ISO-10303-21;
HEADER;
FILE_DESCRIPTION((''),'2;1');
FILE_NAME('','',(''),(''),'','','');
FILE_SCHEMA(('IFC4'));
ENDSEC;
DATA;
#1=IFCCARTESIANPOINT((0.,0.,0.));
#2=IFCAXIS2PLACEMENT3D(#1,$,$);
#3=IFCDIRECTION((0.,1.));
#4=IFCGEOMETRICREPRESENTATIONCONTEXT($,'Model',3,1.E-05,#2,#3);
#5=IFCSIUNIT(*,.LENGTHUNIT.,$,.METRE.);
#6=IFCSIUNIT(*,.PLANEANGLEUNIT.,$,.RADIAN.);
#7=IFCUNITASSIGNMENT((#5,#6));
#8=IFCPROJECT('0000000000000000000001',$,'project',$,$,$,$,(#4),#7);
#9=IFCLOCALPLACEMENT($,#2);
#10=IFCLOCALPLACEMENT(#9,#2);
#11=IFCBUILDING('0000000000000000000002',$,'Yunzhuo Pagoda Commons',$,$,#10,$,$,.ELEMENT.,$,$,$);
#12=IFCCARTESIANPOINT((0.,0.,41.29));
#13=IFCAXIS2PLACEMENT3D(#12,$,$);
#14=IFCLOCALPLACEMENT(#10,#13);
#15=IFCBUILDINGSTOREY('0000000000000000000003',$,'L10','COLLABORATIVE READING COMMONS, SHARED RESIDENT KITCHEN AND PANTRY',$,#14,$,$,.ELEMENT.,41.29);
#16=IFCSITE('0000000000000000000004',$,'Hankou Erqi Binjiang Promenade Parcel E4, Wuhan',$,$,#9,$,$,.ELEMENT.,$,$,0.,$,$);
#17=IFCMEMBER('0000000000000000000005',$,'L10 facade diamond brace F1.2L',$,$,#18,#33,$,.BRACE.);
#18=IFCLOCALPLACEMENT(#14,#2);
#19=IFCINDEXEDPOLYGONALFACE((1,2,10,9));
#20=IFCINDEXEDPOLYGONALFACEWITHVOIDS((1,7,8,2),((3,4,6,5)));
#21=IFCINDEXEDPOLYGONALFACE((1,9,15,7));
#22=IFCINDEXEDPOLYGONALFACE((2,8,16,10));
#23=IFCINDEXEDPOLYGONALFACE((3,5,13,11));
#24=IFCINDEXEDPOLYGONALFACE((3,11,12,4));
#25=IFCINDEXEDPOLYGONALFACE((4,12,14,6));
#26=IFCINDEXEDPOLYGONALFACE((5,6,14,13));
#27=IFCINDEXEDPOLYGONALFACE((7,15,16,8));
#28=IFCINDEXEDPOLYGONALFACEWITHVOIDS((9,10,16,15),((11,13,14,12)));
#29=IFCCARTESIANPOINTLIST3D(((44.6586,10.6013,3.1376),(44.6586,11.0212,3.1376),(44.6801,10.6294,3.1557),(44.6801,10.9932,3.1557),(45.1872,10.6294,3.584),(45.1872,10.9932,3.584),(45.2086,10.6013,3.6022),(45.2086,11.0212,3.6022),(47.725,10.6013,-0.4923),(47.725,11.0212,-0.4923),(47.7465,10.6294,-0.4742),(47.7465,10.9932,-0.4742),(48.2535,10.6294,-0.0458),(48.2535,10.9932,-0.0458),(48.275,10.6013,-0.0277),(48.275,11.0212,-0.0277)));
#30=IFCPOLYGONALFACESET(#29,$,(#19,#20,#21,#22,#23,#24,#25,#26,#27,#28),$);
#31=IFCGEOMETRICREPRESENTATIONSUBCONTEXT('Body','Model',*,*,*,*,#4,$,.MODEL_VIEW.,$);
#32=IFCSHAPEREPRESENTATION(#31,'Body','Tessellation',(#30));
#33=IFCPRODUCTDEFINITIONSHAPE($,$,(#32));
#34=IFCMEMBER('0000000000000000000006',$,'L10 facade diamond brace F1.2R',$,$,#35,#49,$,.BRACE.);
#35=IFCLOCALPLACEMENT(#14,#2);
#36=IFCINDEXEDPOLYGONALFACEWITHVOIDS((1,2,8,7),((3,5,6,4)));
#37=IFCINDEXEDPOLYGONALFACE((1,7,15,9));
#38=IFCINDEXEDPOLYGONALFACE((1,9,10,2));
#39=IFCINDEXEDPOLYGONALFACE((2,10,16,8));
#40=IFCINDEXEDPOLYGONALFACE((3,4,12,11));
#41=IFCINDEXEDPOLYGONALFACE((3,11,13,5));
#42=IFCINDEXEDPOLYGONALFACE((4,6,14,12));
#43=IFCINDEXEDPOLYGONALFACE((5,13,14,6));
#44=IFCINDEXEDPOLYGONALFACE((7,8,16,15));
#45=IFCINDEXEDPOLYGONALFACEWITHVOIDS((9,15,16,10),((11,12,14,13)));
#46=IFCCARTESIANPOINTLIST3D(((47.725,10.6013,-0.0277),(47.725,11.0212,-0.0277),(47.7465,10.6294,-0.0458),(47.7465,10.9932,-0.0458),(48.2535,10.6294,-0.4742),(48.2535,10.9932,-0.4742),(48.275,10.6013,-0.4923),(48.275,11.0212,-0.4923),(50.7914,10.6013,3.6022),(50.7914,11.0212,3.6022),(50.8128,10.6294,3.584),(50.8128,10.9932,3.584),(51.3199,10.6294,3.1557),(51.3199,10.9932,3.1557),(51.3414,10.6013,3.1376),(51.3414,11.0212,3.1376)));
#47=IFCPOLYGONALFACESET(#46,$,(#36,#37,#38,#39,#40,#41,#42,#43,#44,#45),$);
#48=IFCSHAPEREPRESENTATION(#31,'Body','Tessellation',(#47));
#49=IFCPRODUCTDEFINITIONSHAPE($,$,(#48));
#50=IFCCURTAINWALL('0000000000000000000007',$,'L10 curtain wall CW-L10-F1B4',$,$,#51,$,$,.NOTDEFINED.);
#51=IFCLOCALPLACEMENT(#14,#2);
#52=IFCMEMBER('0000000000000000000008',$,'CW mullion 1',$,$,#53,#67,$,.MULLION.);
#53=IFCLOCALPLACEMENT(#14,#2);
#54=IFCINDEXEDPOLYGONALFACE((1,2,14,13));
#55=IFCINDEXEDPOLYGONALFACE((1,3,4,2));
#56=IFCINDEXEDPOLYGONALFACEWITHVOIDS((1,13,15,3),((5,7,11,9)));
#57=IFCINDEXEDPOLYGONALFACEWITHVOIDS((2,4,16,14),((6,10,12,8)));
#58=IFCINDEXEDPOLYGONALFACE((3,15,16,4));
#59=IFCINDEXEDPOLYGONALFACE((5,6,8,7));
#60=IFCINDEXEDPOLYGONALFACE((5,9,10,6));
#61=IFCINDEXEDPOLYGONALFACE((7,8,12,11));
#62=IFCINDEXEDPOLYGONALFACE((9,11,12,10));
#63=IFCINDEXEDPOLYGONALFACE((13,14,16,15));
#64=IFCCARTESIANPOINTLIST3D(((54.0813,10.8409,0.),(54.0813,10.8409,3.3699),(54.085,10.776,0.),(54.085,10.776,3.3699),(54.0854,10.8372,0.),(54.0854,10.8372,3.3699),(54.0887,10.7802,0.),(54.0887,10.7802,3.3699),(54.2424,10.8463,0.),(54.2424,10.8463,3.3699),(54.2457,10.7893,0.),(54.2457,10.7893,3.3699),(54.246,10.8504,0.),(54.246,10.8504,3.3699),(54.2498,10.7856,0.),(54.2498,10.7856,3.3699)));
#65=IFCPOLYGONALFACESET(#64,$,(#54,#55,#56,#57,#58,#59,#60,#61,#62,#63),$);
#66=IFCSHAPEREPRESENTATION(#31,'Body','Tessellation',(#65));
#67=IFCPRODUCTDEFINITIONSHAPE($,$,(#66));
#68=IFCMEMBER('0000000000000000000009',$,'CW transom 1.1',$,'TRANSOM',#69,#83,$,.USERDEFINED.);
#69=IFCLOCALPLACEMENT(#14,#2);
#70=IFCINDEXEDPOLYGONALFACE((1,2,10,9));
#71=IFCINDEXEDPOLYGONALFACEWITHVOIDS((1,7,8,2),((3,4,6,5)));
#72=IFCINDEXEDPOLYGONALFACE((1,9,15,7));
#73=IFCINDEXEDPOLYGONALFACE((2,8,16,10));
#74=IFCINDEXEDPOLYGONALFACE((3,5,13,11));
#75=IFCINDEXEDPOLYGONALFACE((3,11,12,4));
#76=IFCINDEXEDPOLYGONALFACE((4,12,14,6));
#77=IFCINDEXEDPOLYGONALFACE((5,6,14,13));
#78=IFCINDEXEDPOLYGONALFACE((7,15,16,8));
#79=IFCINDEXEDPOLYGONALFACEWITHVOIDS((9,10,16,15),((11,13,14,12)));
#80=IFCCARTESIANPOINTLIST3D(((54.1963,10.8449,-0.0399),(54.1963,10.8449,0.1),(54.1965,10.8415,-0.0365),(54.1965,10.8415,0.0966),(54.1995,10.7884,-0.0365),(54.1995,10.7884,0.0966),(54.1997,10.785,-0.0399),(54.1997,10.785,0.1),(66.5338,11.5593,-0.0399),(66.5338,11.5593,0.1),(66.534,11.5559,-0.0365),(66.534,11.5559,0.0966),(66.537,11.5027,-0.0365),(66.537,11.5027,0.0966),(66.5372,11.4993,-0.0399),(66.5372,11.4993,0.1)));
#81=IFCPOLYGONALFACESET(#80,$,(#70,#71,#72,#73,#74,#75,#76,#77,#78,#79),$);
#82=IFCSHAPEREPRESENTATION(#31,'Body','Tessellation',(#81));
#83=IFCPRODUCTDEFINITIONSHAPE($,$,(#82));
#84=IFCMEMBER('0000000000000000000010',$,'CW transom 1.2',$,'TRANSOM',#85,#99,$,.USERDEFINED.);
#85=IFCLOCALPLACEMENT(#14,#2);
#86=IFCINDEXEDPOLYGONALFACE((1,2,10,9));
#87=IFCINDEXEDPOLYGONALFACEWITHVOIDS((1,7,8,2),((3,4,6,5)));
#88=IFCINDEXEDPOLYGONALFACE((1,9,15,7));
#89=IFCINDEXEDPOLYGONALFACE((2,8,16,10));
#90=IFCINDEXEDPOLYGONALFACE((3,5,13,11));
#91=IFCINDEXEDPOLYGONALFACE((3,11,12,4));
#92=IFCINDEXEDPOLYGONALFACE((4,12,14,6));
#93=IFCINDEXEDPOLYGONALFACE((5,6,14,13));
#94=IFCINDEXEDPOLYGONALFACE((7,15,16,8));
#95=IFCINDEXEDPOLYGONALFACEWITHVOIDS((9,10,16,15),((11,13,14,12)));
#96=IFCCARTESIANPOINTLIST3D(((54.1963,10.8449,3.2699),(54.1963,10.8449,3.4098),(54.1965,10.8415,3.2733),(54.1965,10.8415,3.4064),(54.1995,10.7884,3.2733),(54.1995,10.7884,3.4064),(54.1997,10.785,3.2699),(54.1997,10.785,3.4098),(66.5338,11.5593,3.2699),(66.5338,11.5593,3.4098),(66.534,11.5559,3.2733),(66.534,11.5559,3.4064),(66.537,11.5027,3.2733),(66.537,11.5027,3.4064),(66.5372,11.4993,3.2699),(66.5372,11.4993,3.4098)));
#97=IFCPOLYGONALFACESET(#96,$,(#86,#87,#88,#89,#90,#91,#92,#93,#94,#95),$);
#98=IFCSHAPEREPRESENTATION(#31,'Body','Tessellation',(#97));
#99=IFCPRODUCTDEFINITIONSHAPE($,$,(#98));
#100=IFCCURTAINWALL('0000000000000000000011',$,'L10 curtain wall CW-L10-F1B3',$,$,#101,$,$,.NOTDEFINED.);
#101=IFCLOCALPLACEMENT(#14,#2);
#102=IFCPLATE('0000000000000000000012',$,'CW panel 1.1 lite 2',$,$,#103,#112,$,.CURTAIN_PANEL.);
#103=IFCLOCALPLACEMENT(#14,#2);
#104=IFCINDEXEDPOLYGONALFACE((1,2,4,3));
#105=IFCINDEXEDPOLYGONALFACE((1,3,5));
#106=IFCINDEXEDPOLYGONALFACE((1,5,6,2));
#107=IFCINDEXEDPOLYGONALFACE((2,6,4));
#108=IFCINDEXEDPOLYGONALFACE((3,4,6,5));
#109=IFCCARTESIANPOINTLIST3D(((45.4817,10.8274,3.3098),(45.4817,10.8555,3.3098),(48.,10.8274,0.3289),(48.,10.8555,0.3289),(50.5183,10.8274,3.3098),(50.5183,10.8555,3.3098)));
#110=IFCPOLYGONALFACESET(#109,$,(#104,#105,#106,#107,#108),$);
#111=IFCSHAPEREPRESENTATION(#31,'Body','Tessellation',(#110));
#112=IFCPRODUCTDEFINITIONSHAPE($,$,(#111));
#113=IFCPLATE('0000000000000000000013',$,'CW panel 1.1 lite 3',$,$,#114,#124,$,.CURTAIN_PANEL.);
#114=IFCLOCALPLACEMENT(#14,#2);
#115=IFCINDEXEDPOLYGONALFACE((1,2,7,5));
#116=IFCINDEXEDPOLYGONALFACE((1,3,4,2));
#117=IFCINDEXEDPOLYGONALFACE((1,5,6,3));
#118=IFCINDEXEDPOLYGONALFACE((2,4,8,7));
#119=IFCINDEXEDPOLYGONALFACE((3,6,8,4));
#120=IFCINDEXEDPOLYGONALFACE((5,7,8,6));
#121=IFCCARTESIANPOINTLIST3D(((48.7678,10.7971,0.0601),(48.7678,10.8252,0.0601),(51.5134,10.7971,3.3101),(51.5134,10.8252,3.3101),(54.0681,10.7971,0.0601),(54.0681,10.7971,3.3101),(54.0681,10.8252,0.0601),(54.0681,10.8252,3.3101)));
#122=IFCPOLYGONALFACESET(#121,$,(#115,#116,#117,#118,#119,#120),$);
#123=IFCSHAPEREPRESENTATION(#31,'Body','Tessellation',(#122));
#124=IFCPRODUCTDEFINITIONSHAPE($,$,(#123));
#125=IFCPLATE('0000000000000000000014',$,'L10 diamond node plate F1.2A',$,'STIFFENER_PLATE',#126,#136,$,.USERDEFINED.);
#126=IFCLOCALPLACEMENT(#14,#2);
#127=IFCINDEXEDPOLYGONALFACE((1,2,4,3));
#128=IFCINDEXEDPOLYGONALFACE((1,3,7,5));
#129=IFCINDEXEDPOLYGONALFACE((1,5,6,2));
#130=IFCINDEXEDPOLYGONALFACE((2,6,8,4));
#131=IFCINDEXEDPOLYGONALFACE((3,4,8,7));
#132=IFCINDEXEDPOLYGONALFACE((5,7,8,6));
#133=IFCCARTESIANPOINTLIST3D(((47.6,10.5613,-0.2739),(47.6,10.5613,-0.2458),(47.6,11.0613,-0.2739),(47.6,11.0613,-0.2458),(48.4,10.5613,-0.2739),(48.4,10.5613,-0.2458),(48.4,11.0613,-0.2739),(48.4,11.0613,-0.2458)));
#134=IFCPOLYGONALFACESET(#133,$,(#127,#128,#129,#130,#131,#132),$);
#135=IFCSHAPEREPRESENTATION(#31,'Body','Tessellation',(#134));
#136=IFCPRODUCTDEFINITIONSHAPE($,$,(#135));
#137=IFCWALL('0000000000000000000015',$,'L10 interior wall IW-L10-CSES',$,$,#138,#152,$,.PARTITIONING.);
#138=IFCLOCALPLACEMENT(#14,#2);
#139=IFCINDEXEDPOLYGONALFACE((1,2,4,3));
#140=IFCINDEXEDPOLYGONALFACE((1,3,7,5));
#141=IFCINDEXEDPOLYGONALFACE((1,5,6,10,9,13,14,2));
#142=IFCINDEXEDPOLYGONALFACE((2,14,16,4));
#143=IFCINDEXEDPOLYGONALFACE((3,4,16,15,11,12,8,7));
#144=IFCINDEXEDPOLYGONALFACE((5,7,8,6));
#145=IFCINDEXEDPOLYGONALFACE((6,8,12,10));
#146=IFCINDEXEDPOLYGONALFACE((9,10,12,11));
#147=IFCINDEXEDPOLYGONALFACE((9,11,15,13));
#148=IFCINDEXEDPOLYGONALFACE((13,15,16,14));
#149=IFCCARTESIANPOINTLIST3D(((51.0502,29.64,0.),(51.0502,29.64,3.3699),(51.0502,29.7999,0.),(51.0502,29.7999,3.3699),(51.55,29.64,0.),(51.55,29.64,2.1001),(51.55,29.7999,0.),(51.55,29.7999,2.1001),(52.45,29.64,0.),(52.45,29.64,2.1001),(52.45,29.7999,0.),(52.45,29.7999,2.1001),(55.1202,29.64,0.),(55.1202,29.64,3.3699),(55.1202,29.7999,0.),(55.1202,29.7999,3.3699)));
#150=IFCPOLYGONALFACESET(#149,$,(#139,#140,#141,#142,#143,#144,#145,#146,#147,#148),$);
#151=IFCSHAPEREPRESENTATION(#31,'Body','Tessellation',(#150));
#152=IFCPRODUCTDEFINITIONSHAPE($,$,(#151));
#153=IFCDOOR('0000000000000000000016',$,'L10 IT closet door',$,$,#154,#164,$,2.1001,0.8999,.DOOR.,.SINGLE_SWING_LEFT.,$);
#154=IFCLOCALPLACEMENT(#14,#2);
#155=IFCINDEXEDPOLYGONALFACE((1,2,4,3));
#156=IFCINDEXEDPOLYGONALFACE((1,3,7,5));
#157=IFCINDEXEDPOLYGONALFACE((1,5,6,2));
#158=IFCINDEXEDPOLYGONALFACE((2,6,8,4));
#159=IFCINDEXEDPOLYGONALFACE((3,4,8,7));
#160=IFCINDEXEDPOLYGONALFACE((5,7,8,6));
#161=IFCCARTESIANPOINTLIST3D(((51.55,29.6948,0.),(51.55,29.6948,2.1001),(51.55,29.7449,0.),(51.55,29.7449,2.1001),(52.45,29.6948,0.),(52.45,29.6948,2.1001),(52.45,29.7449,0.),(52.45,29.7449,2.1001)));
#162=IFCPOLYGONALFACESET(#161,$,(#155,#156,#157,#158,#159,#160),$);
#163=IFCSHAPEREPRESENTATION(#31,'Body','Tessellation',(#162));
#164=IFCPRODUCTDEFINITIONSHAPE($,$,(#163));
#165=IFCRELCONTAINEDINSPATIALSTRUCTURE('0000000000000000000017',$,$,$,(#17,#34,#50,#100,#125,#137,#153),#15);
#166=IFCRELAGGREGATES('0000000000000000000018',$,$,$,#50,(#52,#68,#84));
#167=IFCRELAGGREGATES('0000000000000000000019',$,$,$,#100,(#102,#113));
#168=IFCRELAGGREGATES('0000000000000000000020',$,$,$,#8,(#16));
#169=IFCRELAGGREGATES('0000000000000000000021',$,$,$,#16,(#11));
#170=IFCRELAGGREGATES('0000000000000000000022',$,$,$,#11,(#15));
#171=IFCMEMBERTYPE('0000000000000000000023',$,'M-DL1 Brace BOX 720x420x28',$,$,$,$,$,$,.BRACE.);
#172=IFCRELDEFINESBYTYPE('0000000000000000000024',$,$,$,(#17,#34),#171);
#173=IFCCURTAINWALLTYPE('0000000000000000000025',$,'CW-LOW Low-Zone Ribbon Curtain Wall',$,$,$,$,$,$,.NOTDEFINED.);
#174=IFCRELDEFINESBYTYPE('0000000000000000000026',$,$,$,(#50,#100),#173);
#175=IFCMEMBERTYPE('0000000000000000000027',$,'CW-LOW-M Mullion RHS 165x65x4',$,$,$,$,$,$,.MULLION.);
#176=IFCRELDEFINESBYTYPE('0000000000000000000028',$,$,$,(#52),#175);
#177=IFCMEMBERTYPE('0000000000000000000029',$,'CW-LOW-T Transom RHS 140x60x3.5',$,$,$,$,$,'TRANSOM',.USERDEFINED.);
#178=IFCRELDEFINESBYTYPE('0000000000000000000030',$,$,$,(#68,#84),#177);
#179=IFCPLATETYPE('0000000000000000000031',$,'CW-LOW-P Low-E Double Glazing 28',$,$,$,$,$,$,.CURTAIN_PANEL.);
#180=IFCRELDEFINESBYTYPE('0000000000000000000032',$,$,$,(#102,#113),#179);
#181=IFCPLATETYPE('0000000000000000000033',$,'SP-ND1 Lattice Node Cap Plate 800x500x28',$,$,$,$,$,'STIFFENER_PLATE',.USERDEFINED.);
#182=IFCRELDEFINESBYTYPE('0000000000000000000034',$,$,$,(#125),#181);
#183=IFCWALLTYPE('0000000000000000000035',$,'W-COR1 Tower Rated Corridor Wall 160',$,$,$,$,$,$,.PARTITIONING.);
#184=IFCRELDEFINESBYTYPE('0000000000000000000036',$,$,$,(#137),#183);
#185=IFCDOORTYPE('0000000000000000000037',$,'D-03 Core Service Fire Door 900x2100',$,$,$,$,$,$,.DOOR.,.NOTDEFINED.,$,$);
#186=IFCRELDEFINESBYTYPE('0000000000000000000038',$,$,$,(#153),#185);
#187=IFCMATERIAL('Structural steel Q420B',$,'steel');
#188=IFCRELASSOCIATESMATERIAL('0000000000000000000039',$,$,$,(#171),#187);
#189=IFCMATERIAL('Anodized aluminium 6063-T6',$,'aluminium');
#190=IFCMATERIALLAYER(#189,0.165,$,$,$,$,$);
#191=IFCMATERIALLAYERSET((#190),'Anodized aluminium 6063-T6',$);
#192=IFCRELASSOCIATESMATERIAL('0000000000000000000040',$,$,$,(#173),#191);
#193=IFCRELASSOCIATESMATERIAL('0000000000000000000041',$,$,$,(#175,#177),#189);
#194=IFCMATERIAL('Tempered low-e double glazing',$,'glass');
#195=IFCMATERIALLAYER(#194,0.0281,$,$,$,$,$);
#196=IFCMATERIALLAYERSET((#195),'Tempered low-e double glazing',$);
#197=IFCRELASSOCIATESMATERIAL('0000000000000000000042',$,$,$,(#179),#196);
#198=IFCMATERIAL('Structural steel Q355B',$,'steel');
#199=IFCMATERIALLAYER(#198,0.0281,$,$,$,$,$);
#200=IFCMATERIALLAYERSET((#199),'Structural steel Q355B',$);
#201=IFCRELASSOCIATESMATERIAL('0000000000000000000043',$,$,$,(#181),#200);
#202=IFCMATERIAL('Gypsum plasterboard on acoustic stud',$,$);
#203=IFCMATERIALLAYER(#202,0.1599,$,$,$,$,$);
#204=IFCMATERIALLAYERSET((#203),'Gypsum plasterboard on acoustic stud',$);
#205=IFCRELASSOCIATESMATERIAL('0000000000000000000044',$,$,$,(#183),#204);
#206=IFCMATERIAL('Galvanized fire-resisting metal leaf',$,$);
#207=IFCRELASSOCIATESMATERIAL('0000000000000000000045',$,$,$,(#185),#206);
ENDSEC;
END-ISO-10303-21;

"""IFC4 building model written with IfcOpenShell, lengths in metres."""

from ifc_helpers import new_model, si_unit, direction, frame, frame_2d, origin, origin_with_axes, origin_2d, place, context, subcontext, project, spatial, polyline, rectangle, hollow_rectangle, outline, extrude, source, transform, mapped, material, layer, layer_set, material_profile, profile_set, type_object, element, fill, aggregate, save


model = new_model("IFC4")

# Units and contexts
model_context = context("Model", 3, precision=1e-05, world=origin(), true_north=direction((0.0, 1.0)))
body_context = subcontext(model_context, "Body", "Model", "MODEL_VIEW")
ifc_project = project(units=[si_unit("LENGTHUNIT", "METRE"), si_unit("PLANEANGLEUNIT", "RADIAN")], contexts=[model_context])

# Site, building, storey
site_placement = place(None, origin())
site = spatial("IfcSite", under=ifc_project, at=site_placement, Name="Hankou Erqi Binjiang Promenade Parcel E4, Wuhan", CompositionType="ELEMENT", RefElevation=0.0)
building_placement = place(site_placement, origin())
building = spatial("IfcBuilding", under=site, at=building_placement, Name="Yunzhuo Pagoda Commons", CompositionType="ELEMENT")
storey_placement = place(building_placement, frame((0.0, 0.0, 41.29)))
storey = spatial("IfcBuildingStorey", under=building, at=storey_placement, Name="L10", Description="COLLABORATIVE READING COMMONS, SHARED RESIDENT KITCHEN AND PANTRY", CompositionType="ELEMENT", Elevation=41.29)

# Shared definitions
ifc_material_1 = material(Name="Structural steel Q420B", Category="steel")

# Shared definitions
ifc_material_2 = material(Name="Structural steel Q355B", Category="steel")

# Members
ifc_material_profile_1 = material_profile(ifc_material_1, hollow_rectangle(XDim=0.4199, YDim=0.72, WallThickness=0.0281, at=origin_2d()), Name="Structural steel Q420B")
ifc_profile_set_1 = profile_set([ifc_material_profile_1], Name="Structural steel Q420B")
member_type_1 = type_object("IfcMemberType", Name="M-DL1 Brace BOX 720x420x28", PredefinedType="BRACE", material=ifc_profile_set_1)
shared_shape_1 = source(origin(), body_context, "Body", "SweptSolid", [
    extrude(hollow_rectangle(XDim=0.4199, YDim=0.72, WallThickness=0.0281, at=origin_2d()), origin(), (0.0, 0.0, 1.0), 4.7517),
])
for number, where, z_axis, x_axis, name in (
    (1, (48.0, 10.8113, -0.26), (-0.645325, 0.0, 0.763908), (0.0, -1.0, 0.0), "L10 facade diamond brace F1.2L"),
    (2, (48.0, 10.8113, -0.26), (0.645325, 0.0, 0.763908), (0.0, 1.0, 0.0), "L10 facade diamond brace F1.2R"),
):
    element("IfcMember", number, at=place(storey_placement, frame(where, z_axis=z_axis, x_axis=x_axis)), inside=storey, type_object=member_type_1, Name=name, PredefinedType="BRACE", context=body_context, shape_type="MappedRepresentation", body=[
        mapped(shared_shape_1, transform((0.0, 0.0, 0.0), scale=1.0)),
    ])

# Curtain wall, members
ifc_material_3 = material(Name="Anodized aluminium 6063-T6", Category="aluminium")
ifc_layer_1 = layer(ifc_material_3, 0.165)
ifc_layer_set_1 = layer_set([ifc_layer_1], Name="Anodized aluminium 6063-T6")
curtain_wall_type = type_object("IfcCurtainWallType", Name="CW-LOW Low-Zone Ribbon Curtain Wall", PredefinedType="NOTDEFINED", material=ifc_layer_set_1)
curtain_wall_1_placement = place(storey_placement, origin())
curtain_wall_1 = element("IfcCurtainWall", 3, at=curtain_wall_1_placement, inside=storey, type_object=curtain_wall_type, Name="L10 curtain wall CW-L10-F1B4", PredefinedType="NOTDEFINED")
ifc_material_profile_2 = material_profile(ifc_material_3, hollow_rectangle(XDim=0.0649, YDim=0.165, WallThickness=0.0039, at=origin_2d()), Name="Anodized aluminium 6063-T6")
ifc_profile_set_2 = profile_set([ifc_material_profile_2], Name="Anodized aluminium 6063-T6")
member_type_2 = type_object("IfcMemberType", Name="CW-LOW-M Mullion RHS 165x65x4", PredefinedType="MULLION", material=ifc_profile_set_2)
shared_shape_2 = source(origin(), body_context, "Body", "SweptSolid", [
    extrude(hollow_rectangle(XDim=0.0649, YDim=0.165, WallThickness=0.0039, at=origin_2d()), origin(), (0.0, 0.0, 1.0), 3.3699),
])
member_1_placement = place(storey_placement, frame((54.1655, 10.8132, 0.0), z_axis=(0.0, 0.0, 1.0), x_axis=(-0.057791, 0.998329, 0.0)))
member_1 = element("IfcMember", 4, at=member_1_placement, type_object=member_type_2, Name="CW mullion 1", PredefinedType="MULLION", context=body_context, shape_type="MappedRepresentation", body=[
    mapped(shared_shape_2, transform((0.0, 0.0, 0.0), scale=1.0)),
])
ifc_material_profile_3 = material_profile(ifc_material_3, hollow_rectangle(XDim=0.0601, YDim=0.1399, WallThickness=0.0034, at=origin_2d()), Name="Anodized aluminium 6063-T6")
ifc_profile_set_3 = profile_set([ifc_material_profile_3], Name="Anodized aluminium 6063-T6")
member_type_3 = type_object("IfcMemberType", Name="CW-LOW-T Transom RHS 140x60x3.5", ElementType="TRANSOM", PredefinedType="USERDEFINED", material=ifc_profile_set_3)
shared_shape_3 = source(origin(), body_context, "Body", "SweptSolid", [
    extrude(hollow_rectangle(XDim=0.0601, YDim=0.1399, WallThickness=0.0034, at=origin_2d()), origin(), (0.0, 0.0, 1.0), 12.3582),
])
member_2_placement = place(storey_placement, frame((54.198, 10.8149, 0.03), z_axis=(0.998328, 0.057805, 0.0), x_axis=(-0.057805, 0.998328, 0.0)))
member_2 = element("IfcMember", 5, at=member_2_placement, type_object=member_type_3, Name="CW transom 1.1", ObjectType="TRANSOM", PredefinedType="USERDEFINED", context=body_context, shape_type="MappedRepresentation", body=[
    mapped(shared_shape_3, transform((0.0, 0.0, 0.0), scale=1.0)),
])
member_3_placement = place(storey_placement, frame((54.198, 10.8149, 3.3398), z_axis=(0.998328, 0.057805, 0.0), x_axis=(-0.057805, 0.998328, 0.0)))
member_3 = element("IfcMember", 6, at=member_3_placement, type_object=member_type_3, Name="CW transom 1.2", ObjectType="TRANSOM", PredefinedType="USERDEFINED", context=body_context, shape_type="MappedRepresentation", body=[
    mapped(shared_shape_3, transform((0.0, 0.0, 0.0), scale=1.0)),
])
aggregate(curtain_wall_1, [member_1, member_2, member_3])

# Curtain wall, plates
curtain_wall_2_placement = place(storey_placement, origin())
curtain_wall_2 = element("IfcCurtainWall", 7, at=curtain_wall_2_placement, inside=storey, type_object=curtain_wall_type, Name="L10 curtain wall CW-L10-F1B3", PredefinedType="NOTDEFINED")
ifc_material_4 = material(Name="Tempered low-e double glazing", Category="glass")
ifc_layer_2 = layer(ifc_material_4, 0.0281)
ifc_layer_set_2 = layer_set([ifc_layer_2], Name="Tempered low-e double glazing")
plate_type_1 = type_object("IfcPlateType", Name="CW-LOW-P Low-E Double Glazing 28", PredefinedType="CURTAIN_PANEL", material=ifc_layer_set_2)
plate_1_placement = place(storey_placement, frame((48.0, 10.8555, 1.8193), z_axis=(0.0, -1.0, 0.0), x_axis=(1.0, 0.0, 0.0)))
plate_1 = element("IfcPlate", 8, at=plate_1_placement, type_object=plate_type_1, Name="CW panel 1.1 lite 2", PredefinedType="CURTAIN_PANEL", context=body_context, shape_type="SweptSolid", body=[
    extrude(outline(polyline([(-2.5183, 1.4905), (0.0, -1.4905), (2.5183, 1.4905), (-2.5183, 1.4905)])), origin(), (0.0, 0.0, 1.0), 0.0281),
])
plate_2_placement = place(storey_placement, frame((51.418, 10.8252, 1.6851), z_axis=(0.0, -1.0, 0.0), x_axis=(1.0, 0.0, 0.0)))
plate_2 = element("IfcPlate", 9, at=plate_2_placement, type_object=plate_type_1, Name="CW panel 1.1 lite 3", PredefinedType="CURTAIN_PANEL", context=body_context, shape_type="SweptSolid", body=[
    extrude(outline(polyline([(-2.6501, -1.625), (2.6501, -1.625), (2.6501, 1.625), (0.0955, 1.625), (-2.6501, -1.625)])), origin(), (0.0, 0.0, 1.0), 0.0281),
])
aggregate(curtain_wall_2, [plate_1, plate_2])

# Plate
ifc_layer_3 = layer(ifc_material_2, 0.0281)
ifc_layer_set_3 = layer_set([ifc_layer_3], Name="Structural steel Q355B")
plate_type_2 = type_object("IfcPlateType", Name="SP-ND1 Lattice Node Cap Plate 800x500x28", ElementType="STIFFENER_PLATE", PredefinedType="USERDEFINED", material=ifc_layer_set_3)
shared_shape_4 = source(origin(), body_context, "Body", "SweptSolid", [
    extrude(rectangle(XDim=0.8, YDim=0.5, at=origin_2d()), origin(), (0.0, 0.0, 1.0), 0.0281),
])
plate_3_placement = place(storey_placement, frame((48.0, 10.8113, -0.2739), z_axis=(0.0, 0.0, 1.0), x_axis=(1.0, 0.0, 0.0)))
element("IfcPlate", 10, at=plate_3_placement, inside=storey, type_object=plate_type_2, Name="L10 diamond node plate F1.2A", ObjectType="STIFFENER_PLATE", PredefinedType="USERDEFINED", context=body_context, shape_type="MappedRepresentation", body=[
    mapped(shared_shape_4, transform((0.0, 0.0, 0.0), scale=1.0)),
])

# Wall, opening, door
ifc_material_5 = material(Name="Gypsum plasterboard on acoustic stud")
ifc_layer_4 = layer(ifc_material_5, 0.1599)
ifc_layer_set_4 = layer_set([ifc_layer_4], Name="Gypsum plasterboard on acoustic stud")
wall_type_1 = type_object("IfcWallType", Name="W-COR1 Tower Rated Corridor Wall 160", PredefinedType="PARTITIONING", material=ifc_layer_set_4)
wall_1_placement = place(storey_placement, frame((51.05, 29.72, 0.0), z_axis=(0.0, 0.0, 1.0), x_axis=(1.0, 0.0, 0.0)))
wall_1 = element("IfcWall", 11, at=wall_1_placement, inside=storey, type_object=wall_type_1, Name="L10 interior wall IW-L10-CSES", PredefinedType="PARTITIONING", context=body_context, shape_type="SweptSolid", body=[
    extrude(rectangle(XDim=4.0701, YDim=0.1599, at=frame_2d((2.0352, 0.0))), origin(), (0.0, 0.0, 1.0), 3.3699),
])
opening_1_placement = place(wall_1_placement, frame((0.5, 0.0, 0.0)))
opening_1 = element("IfcOpeningElement", 12, at=opening_1_placement, cuts=wall_1, PredefinedType="OPENING", context=body_context, shape_type="SweptSolid", body=[
    extrude(rectangle(XDim=0.8999, YDim=2.1001, at=frame_2d((0.45, 1.05))), frame((0.0, 0.0898, 0.0), z_axis=(0.0, -1.0, 0.0), x_axis=(1.0, 0.0, 0.0)), (0.0, 0.0, 1.0), 0.1799),
])
ifc_material_6 = material(Name="Galvanized fire-resisting metal leaf")
door_type_1 = type_object("IfcDoorType", Name="D-03 Core Service Fire Door 900x2100", OperationType="NOTDEFINED", PredefinedType="DOOR", material=ifc_material_6)
shared_shape_5 = source(origin(), body_context, "Body", "SweptSolid", [
    extrude(rectangle(XDim=0.8999, YDim=2.1001, at=frame_2d((0.45, 1.05))), frame((0.0, 0.0249, 0.0), z_axis=(0.0, -1.0, 0.0), x_axis=(1.0, 0.0, 0.0)), (0.0, 0.0, 1.0), 0.05),
])
door_1_placement = place(opening_1_placement, origin_with_axes())
door_1 = element("IfcDoor", 13, at=door_1_placement, inside=storey, type_object=door_type_1, Name="L10 IT closet door", OperationType="SINGLE_SWING_LEFT", OverallHeight=2.1001, OverallWidth=0.8999, PredefinedType="DOOR", context=body_context, shape_type="MappedRepresentation", body=[
    mapped(shared_shape_5, transform((0.0, 0.0, 0.0), scale=1.0)),
])
fill(opening_1, door_1)

save(model, "model.ifc")
